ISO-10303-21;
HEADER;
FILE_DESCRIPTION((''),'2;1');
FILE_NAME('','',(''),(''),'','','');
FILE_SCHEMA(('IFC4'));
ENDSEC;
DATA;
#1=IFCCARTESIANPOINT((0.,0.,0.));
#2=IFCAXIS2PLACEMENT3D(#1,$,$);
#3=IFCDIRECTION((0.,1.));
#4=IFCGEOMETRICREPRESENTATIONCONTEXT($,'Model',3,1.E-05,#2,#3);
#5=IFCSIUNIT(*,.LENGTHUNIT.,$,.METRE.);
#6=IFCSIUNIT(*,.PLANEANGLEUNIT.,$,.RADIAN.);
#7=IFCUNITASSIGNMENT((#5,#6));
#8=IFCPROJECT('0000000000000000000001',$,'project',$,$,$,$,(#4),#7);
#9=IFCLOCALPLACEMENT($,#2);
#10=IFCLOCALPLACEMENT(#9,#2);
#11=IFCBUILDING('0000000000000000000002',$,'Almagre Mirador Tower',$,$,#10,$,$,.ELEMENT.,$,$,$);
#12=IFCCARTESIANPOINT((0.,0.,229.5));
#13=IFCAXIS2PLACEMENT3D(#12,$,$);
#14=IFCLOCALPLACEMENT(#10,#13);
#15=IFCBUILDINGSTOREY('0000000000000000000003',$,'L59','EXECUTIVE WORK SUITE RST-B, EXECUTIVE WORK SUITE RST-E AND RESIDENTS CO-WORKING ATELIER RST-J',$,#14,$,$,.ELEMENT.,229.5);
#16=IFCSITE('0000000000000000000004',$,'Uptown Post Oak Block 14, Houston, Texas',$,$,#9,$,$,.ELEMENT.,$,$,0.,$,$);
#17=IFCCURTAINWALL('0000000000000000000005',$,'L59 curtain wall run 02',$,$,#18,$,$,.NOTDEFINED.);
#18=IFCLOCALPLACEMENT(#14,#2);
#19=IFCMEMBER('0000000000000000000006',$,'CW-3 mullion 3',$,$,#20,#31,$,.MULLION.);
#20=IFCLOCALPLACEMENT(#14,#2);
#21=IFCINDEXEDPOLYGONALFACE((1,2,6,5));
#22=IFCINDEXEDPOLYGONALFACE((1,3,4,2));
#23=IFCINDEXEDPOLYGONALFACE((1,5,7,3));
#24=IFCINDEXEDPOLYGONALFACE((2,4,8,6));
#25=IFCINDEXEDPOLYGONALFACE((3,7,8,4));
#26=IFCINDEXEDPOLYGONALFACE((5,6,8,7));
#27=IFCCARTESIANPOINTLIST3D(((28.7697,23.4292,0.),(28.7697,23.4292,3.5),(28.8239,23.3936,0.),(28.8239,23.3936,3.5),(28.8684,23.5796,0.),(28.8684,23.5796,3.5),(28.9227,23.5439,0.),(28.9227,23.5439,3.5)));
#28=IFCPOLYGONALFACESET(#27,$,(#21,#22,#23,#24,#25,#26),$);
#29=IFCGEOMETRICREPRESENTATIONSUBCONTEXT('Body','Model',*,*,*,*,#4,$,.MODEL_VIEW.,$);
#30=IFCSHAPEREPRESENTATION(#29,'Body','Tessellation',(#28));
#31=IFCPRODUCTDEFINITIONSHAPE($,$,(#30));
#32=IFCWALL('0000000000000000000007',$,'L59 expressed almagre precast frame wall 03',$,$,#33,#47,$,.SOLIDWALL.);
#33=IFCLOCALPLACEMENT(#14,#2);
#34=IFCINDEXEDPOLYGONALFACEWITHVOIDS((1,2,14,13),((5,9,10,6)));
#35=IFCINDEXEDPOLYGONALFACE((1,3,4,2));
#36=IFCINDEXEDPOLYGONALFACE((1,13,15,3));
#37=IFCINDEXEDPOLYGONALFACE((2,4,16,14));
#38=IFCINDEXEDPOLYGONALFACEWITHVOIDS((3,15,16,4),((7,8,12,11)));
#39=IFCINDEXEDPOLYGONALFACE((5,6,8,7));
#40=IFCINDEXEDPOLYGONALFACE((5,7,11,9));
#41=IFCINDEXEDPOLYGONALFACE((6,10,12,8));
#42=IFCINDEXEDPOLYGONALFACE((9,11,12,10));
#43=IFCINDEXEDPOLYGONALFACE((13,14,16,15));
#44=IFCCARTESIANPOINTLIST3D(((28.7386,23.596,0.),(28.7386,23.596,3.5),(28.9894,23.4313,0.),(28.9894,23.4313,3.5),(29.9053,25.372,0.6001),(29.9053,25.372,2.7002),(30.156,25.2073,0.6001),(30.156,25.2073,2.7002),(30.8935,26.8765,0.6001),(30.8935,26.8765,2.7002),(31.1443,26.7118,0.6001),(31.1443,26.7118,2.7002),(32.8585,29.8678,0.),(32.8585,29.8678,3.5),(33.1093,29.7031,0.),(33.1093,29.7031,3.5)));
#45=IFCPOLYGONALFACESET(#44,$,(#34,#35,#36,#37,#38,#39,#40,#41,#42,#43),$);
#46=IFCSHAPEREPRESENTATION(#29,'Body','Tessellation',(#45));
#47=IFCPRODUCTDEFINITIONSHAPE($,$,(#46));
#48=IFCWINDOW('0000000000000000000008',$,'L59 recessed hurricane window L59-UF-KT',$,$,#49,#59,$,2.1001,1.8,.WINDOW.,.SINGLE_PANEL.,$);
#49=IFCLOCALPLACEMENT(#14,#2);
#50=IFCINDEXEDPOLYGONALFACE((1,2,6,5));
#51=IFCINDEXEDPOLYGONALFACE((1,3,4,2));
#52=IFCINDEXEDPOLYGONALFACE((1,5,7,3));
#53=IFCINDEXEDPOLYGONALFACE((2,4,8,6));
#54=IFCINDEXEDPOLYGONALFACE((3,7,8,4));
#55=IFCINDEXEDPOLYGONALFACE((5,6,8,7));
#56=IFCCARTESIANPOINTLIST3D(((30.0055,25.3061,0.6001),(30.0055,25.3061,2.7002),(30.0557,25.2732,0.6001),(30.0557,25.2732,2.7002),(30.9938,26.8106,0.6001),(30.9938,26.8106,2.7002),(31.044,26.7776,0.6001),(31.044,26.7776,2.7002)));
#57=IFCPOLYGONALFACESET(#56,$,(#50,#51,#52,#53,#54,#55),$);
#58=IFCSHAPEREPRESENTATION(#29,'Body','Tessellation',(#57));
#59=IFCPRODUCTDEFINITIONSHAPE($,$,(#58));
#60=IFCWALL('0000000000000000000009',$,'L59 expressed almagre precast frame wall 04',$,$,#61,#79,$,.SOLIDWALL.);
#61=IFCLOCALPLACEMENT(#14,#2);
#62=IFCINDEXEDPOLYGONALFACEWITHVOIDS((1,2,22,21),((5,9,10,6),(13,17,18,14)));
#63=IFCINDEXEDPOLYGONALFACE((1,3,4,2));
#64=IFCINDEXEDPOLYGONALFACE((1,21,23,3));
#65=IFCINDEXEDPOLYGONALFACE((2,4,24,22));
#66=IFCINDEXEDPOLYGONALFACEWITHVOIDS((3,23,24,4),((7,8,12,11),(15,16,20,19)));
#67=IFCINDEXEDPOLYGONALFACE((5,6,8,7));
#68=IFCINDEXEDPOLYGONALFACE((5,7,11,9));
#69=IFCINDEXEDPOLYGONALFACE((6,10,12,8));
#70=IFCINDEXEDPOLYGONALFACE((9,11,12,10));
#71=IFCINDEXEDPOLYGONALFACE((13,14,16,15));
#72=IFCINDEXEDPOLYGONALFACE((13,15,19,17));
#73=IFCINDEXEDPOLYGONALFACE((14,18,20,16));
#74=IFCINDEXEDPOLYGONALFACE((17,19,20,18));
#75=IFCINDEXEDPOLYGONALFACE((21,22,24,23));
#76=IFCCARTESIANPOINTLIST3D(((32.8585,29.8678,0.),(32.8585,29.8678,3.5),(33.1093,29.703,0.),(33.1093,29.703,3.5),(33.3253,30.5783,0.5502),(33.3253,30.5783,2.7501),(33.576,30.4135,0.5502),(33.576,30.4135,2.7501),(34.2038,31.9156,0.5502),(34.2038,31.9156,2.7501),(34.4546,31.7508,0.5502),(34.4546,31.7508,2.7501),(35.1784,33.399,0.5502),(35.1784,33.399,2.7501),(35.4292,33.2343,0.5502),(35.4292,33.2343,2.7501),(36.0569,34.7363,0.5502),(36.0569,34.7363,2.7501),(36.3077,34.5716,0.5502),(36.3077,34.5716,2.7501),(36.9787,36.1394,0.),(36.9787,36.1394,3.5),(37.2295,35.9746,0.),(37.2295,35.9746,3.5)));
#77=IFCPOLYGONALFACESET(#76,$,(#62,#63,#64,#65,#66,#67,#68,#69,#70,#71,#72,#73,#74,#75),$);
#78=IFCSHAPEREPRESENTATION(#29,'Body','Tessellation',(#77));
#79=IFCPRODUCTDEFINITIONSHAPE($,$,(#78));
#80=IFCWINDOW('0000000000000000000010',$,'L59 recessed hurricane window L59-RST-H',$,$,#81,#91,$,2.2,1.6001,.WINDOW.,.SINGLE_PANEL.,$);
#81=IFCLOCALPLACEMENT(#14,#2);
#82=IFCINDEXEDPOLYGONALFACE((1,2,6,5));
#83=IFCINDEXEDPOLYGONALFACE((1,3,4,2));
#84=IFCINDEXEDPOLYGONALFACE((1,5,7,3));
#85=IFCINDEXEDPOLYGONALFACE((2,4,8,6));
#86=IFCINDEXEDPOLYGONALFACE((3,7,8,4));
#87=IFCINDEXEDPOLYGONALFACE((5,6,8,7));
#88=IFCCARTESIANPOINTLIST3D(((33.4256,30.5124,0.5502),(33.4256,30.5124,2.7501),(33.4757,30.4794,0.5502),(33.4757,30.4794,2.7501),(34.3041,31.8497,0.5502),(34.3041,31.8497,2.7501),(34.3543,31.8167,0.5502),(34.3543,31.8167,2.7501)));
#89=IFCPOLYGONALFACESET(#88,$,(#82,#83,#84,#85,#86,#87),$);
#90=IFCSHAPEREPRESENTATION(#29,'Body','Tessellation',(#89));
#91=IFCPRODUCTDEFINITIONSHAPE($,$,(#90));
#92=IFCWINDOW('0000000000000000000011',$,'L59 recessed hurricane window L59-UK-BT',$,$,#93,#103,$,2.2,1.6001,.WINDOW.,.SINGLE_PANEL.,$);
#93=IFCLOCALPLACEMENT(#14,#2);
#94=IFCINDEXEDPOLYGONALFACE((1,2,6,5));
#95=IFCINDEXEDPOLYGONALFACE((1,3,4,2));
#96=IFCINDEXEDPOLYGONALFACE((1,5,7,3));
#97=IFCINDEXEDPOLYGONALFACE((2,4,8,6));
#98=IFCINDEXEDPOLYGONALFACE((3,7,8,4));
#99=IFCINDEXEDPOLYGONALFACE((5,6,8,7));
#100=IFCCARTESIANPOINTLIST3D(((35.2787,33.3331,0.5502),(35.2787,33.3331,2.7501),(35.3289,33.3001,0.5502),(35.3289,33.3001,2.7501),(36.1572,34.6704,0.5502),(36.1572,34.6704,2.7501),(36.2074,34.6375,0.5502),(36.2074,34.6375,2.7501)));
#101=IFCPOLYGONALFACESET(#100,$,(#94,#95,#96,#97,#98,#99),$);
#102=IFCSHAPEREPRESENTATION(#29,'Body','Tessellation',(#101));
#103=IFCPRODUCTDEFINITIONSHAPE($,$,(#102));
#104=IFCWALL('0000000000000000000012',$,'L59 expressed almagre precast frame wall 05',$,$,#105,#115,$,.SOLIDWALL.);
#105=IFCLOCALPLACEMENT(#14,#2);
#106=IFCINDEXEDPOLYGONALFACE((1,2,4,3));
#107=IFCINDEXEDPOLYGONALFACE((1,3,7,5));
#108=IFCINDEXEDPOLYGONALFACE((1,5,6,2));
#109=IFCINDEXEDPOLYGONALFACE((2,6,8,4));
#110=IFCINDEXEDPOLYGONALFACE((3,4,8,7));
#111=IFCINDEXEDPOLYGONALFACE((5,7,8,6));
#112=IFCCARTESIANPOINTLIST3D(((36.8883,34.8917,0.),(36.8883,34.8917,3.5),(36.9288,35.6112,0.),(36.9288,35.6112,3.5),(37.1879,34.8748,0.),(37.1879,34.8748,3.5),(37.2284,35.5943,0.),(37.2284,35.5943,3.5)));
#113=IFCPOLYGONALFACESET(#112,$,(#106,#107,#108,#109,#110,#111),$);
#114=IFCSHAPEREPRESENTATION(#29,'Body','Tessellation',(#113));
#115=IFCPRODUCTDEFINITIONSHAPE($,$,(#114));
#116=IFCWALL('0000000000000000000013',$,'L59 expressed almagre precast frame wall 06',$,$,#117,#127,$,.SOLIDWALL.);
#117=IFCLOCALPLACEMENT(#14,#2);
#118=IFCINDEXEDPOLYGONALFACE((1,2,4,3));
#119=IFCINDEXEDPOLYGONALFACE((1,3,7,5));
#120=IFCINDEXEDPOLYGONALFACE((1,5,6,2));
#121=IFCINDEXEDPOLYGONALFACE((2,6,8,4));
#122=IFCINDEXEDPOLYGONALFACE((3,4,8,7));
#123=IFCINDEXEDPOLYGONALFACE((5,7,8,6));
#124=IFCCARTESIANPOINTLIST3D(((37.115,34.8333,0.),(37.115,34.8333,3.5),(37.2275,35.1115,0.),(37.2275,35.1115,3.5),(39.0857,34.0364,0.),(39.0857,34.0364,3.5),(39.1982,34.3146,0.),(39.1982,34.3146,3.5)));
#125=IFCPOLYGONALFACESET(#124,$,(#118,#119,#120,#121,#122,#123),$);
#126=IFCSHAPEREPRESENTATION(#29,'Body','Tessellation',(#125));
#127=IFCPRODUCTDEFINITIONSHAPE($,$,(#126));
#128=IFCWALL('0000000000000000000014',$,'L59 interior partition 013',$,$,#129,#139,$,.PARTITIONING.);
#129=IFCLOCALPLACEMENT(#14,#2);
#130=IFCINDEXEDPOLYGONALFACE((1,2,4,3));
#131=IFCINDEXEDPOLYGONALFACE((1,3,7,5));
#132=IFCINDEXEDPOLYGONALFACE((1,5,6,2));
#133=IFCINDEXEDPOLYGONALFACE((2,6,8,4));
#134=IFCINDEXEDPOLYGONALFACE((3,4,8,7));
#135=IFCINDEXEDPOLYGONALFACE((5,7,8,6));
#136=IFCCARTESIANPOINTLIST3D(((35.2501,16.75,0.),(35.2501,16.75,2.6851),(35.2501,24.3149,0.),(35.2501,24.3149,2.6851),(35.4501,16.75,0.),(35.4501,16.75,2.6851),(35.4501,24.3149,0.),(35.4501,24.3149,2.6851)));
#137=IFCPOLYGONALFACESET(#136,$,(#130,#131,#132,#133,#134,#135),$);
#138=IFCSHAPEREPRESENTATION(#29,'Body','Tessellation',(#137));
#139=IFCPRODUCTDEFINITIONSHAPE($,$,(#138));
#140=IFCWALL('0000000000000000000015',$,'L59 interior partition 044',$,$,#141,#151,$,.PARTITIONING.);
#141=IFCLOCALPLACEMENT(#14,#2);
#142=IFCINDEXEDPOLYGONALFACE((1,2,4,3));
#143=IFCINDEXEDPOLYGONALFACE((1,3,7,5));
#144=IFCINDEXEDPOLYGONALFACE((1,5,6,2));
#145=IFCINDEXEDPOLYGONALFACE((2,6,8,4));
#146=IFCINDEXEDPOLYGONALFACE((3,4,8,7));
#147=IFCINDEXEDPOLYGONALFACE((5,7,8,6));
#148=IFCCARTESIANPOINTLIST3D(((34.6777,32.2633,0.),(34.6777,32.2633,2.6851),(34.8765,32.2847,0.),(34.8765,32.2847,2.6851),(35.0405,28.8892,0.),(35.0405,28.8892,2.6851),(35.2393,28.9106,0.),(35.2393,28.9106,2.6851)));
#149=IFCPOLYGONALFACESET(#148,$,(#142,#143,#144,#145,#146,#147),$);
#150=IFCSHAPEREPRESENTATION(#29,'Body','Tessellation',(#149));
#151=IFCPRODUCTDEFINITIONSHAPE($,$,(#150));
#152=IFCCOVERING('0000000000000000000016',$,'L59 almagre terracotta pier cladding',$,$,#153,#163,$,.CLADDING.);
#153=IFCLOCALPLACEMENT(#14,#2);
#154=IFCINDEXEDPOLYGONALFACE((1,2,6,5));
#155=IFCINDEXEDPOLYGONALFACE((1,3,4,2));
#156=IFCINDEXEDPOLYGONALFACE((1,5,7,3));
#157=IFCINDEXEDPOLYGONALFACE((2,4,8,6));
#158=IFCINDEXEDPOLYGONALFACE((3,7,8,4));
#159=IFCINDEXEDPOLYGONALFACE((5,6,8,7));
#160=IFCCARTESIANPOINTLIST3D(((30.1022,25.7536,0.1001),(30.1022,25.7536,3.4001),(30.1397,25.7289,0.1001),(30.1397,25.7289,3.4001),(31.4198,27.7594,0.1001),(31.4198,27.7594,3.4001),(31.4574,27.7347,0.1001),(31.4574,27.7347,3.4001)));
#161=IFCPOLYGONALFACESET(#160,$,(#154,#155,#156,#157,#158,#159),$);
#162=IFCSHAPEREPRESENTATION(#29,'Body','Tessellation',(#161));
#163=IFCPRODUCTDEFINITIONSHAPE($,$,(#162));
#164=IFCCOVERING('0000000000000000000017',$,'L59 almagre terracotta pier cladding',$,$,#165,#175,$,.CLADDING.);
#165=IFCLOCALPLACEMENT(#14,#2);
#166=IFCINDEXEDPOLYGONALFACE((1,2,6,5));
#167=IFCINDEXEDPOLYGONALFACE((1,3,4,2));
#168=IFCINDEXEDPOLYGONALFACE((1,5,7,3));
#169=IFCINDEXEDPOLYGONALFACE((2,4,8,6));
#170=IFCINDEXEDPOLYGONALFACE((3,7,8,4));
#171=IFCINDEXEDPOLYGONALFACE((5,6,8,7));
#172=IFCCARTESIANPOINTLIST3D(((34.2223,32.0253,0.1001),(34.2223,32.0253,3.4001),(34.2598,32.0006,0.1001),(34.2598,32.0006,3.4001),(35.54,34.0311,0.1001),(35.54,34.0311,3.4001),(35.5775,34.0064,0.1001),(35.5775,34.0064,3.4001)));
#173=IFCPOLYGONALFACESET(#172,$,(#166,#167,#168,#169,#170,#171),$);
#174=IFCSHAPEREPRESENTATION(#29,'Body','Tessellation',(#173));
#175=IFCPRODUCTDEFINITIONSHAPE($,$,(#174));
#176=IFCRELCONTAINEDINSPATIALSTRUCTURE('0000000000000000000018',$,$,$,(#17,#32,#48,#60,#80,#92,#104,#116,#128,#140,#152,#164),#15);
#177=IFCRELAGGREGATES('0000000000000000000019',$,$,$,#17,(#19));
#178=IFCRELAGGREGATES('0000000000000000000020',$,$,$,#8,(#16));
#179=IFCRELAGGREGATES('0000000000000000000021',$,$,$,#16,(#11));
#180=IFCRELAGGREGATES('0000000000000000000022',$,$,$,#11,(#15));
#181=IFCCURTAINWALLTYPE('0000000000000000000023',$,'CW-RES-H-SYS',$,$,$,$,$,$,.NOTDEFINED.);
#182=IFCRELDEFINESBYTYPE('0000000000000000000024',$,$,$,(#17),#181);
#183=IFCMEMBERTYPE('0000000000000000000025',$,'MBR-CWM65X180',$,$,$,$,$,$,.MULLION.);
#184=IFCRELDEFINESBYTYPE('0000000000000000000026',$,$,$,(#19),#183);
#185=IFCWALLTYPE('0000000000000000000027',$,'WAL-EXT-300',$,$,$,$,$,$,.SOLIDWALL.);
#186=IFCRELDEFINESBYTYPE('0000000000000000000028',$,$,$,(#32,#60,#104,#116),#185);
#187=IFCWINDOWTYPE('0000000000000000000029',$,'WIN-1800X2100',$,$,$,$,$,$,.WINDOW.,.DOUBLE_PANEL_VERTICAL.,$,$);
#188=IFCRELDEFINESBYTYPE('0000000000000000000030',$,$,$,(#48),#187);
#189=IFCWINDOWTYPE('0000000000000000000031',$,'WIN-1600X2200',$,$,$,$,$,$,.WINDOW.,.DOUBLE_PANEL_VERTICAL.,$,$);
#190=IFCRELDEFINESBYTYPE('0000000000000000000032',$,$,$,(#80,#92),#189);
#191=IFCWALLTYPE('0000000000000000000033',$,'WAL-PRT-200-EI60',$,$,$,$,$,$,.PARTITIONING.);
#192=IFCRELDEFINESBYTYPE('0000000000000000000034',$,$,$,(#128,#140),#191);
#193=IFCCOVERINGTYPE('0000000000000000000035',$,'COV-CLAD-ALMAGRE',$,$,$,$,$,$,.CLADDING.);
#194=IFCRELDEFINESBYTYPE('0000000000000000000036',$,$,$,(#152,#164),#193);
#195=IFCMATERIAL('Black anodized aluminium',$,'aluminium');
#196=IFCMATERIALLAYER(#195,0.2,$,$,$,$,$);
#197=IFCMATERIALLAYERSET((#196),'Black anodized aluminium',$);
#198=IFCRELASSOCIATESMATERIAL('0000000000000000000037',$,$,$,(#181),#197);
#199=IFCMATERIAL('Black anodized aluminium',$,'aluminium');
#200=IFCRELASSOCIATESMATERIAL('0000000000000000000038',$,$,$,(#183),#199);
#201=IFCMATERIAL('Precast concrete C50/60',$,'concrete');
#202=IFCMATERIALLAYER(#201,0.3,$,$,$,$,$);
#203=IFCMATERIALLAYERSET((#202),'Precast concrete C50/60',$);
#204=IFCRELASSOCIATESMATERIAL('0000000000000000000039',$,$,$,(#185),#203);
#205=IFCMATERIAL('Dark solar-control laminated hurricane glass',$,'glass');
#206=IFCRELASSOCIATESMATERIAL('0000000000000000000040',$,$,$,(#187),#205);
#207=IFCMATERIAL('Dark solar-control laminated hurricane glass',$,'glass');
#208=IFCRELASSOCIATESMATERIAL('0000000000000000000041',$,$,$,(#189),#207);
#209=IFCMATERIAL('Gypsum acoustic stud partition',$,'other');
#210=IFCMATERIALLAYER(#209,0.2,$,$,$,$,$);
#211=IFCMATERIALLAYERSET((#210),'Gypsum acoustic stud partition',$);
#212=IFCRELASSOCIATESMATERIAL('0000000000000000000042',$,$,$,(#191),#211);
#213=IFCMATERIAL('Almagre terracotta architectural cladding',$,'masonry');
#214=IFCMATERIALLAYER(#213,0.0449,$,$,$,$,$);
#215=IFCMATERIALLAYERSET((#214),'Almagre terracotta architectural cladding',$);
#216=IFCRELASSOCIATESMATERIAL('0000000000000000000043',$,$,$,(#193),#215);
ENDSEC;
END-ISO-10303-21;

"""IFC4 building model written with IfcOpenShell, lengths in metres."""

from ifc_helpers import new_model, si_unit, direction, frame, frame_2d, origin, origin_2d, place, context, subcontext, project, spatial, rectangle, extrude, material, layer, layer_set, material_profile, profile_set, type_object, element, fill, aggregate, save


model = new_model("IFC4")

# Units and contexts
model_context = context("Model", 3, precision=1e-05, world=origin(), true_north=direction((0.0, 1.0)))
body_context = subcontext(model_context, "Body", "Model", "MODEL_VIEW")
ifc_project = project(units=[si_unit("LENGTHUNIT", "METRE"), si_unit("PLANEANGLEUNIT", "RADIAN")], contexts=[model_context])

# Site, building, storey
site_placement = place(None, origin())
site = spatial("IfcSite", under=ifc_project, at=site_placement, Name="Uptown Post Oak Block 14, Houston, Texas", CompositionType="ELEMENT", RefElevation=0.0)
building_placement = place(site_placement, origin())
building = spatial("IfcBuilding", under=site, at=building_placement, Name="Almagre Mirador Tower", CompositionType="ELEMENT")
storey_placement = place(building_placement, frame((0.0, 0.0, 229.5)))
storey = spatial("IfcBuildingStorey", under=building, at=storey_placement, Name="L59", Description="EXECUTIVE WORK SUITE RST-B, EXECUTIVE WORK SUITE RST-E AND RESIDENTS CO-WORKING ATELIER RST-J", CompositionType="ELEMENT", Elevation=229.5)

# Curtain wall, member
ifc_material_1 = material(Name="Black anodized aluminium", Category="aluminium")
ifc_layer_1 = layer(ifc_material_1, 0.2)
ifc_layer_set_1 = layer_set([ifc_layer_1], Name="Black anodized aluminium")
curtain_wall_type = type_object("IfcCurtainWallType", Name="CW-RES-H-SYS", PredefinedType="NOTDEFINED", material=ifc_layer_set_1)
curtain_wall_placement = place(storey_placement, origin())
curtain_wall = element("IfcCurtainWall", 1, at=curtain_wall_placement, inside=storey, type_object=curtain_wall_type, Name="L59 curtain wall run 02", PredefinedType="NOTDEFINED")
ifc_material_2 = material(Name="Black anodized aluminium", Category="aluminium")
ifc_material_profile_1 = material_profile(ifc_material_2, rectangle(XDim=0.0649, YDim=0.1799, at=origin_2d()), Name="CWM65X180")
ifc_profile_set_1 = profile_set([ifc_material_profile_1], Name="Black anodized aluminium")
member_type = type_object("IfcMemberType", Name="MBR-CWM65X180", PredefinedType="MULLION", material=ifc_profile_set_1)
member_placement = place(storey_placement, frame((28.8462, 23.4866, 0.0), z_axis=(0.0, 0.0, 1.0), x_axis=(-0.835791, 0.549047, 0.0)))
member = element("IfcMember", 2, at=member_placement, type_object=member_type, Name="CW-3 mullion 3", PredefinedType="MULLION", context=body_context, shape_type="SweptSolid", body=[
    extrude(rectangle(XDim=0.0649, YDim=0.1799, at=origin_2d()), origin(), (0.0, 0.0, 1.0), 3.5),
])
aggregate(curtain_wall, [member])

# Wall, opening, window
ifc_material_3 = material(Name="Precast concrete C50/60", Category="concrete")
ifc_layer_2 = layer(ifc_material_3, 0.3)
ifc_layer_set_2 = layer_set([ifc_layer_2], Name="Precast concrete C50/60")
wall_type_1 = type_object("IfcWallType", Name="WAL-EXT-300", PredefinedType="SOLIDWALL", material=ifc_layer_set_2)
wall_1_placement = place(storey_placement, frame((28.864, 23.5137, 0.0), z_axis=(0.0, 0.0, 1.0), x_axis=(0.549034, 0.8358, 0.0)))
wall_1 = element("IfcWall", 3, at=wall_1_placement, inside=storey, type_object=wall_type_1, Name="L59 expressed almagre precast frame wall 03", PredefinedType="SOLIDWALL", context=body_context, shape_type="SweptSolid", body=[
    extrude(rectangle(XDim=7.5039, YDim=0.3, at=frame_2d((3.752, 0.0))), origin(), (0.0, 0.0, 1.0), 3.5),
])
opening_1_placement = place(wall_1_placement, frame((2.125, 0.0, 0.6001)))
opening_1 = element("IfcOpeningElement", 4, at=opening_1_placement, cuts=wall_1, PredefinedType="OPENING", context=body_context, shape_type="SweptSolid", body=[
    extrude(rectangle(XDim=1.8, YDim=2.1001, at=frame_2d((0.8999, 1.05))), frame((0.0, 0.1599, 0.0), z_axis=(0.0, -1.0, 0.0), x_axis=(1.0, 0.0, 0.0)), (0.0, 0.0, 1.0), 0.32),
])
ifc_material_4 = material(Name="Dark solar-control laminated hurricane glass", Category="glass")
window_type_1 = type_object("IfcWindowType", Name="WIN-1800X2100", PartitioningType="DOUBLE_PANEL_VERTICAL", PredefinedType="WINDOW", material=ifc_material_4)
window_1_placement = place(opening_1_placement, origin())
window_1 = element("IfcWindow", 5, at=window_1_placement, inside=storey, type_object=window_type_1, Name="L59 recessed hurricane window L59-UF-KT", OverallHeight=2.1001, OverallWidth=1.8, PartitioningType="SINGLE_PANEL", PredefinedType="WINDOW", context=body_context, shape_type="SweptSolid", body=[
    extrude(rectangle(XDim=1.8, YDim=2.1001, at=frame_2d((0.8999, 1.05))), frame((0.0, 0.03, 0.0), z_axis=(0.0, -1.0, 0.0), x_axis=(1.0, 0.0, 0.0)), (0.0, 0.0, 1.0), 0.0601),
])
fill(opening_1, window_1)

# Wall, openings, windows
wall_2_placement = place(storey_placement, frame((32.9839, 29.7854, 0.0), z_axis=(0.0, 0.0, 1.0), x_axis=(0.549071, 0.835775, 0.0)))
wall_2 = element("IfcWall", 6, at=wall_2_placement, inside=storey, type_object=wall_type_1, Name="L59 expressed almagre precast frame wall 04", PredefinedType="SOLIDWALL", context=body_context, shape_type="SweptSolid", body=[
    extrude(rectangle(XDim=7.5039, YDim=0.3, at=frame_2d((3.752, 0.0))), origin(), (0.0, 0.0, 1.0), 3.5),
])
opening_2_placement = place(wall_2_placement, frame((0.8501, 0.0, 0.55)))
opening_2 = element("IfcOpeningElement", 7, at=opening_2_placement, cuts=wall_2, PredefinedType="OPENING", context=body_context, shape_type="SweptSolid", body=[
    extrude(rectangle(XDim=1.6001, YDim=2.2, at=frame_2d((0.8, 1.1001))), frame((0.0, 0.1599, 0.0), z_axis=(0.0, -1.0, 0.0), x_axis=(1.0, 0.0, 0.0)), (0.0, 0.0, 1.0), 0.32),
])
opening_3_placement = place(wall_2_placement, frame((4.2251, 0.0, 0.55)))
opening_3 = element("IfcOpeningElement", 8, at=opening_3_placement, cuts=wall_2, PredefinedType="OPENING", context=body_context, shape_type="SweptSolid", body=[
    extrude(rectangle(XDim=1.6001, YDim=2.2, at=frame_2d((0.8, 1.1001))), frame((0.0, 0.1599, 0.0), z_axis=(0.0, -1.0, 0.0), x_axis=(1.0, 0.0, 0.0)), (0.0, 0.0, 1.0), 0.32),
])
ifc_material_5 = material(Name="Dark solar-control laminated hurricane glass", Category="glass")
window_type_2 = type_object("IfcWindowType", Name="WIN-1600X2200", PartitioningType="DOUBLE_PANEL_VERTICAL", PredefinedType="WINDOW", material=ifc_material_5)
window_2_placement = place(opening_2_placement, origin())
window_2 = element("IfcWindow", 9, at=window_2_placement, inside=storey, type_object=window_type_2, Name="L59 recessed hurricane window L59-RST-H", OverallHeight=2.2, OverallWidth=1.6001, PartitioningType="SINGLE_PANEL", PredefinedType="WINDOW", context=body_context, shape_type="SweptSolid", body=[
    extrude(rectangle(XDim=1.6001, YDim=2.2, at=frame_2d((0.8, 1.1001))), frame((0.0, 0.03, 0.0), z_axis=(0.0, -1.0, 0.0), x_axis=(1.0, 0.0, 0.0)), (0.0, 0.0, 1.0), 0.0601),
])
fill(opening_2, window_2)
window_3_placement = place(opening_3_placement, origin())
window_3 = element("IfcWindow", 10, at=window_3_placement, inside=storey, type_object=window_type_2, Name="L59 recessed hurricane window L59-UK-BT", OverallHeight=2.2, OverallWidth=1.6001, PartitioningType="SINGLE_PANEL", PredefinedType="WINDOW", context=body_context, shape_type="SweptSolid", body=[
    extrude(rectangle(XDim=1.6001, YDim=2.2, at=frame_2d((0.8, 1.1001))), frame((0.0, 0.03, 0.0), z_axis=(0.0, -1.0, 0.0), x_axis=(1.0, 0.0, 0.0)), (0.0, 0.0, 1.0), 0.0601),
])
fill(opening_3, window_3)

# Walls
wall_3_placement = place(storey_placement, frame((37.0786, 35.6028, 0.0), z_axis=(0.0, 0.0, 1.0), x_axis=(-0.056239, -0.998417, 0.0)))
element("IfcWall", 11, at=wall_3_placement, inside=storey, type_object=wall_type_1, Name="L59 expressed almagre precast frame wall 05", PredefinedType="SOLIDWALL", context=body_context, shape_type="SweptSolid", body=[
    extrude(rectangle(XDim=0.7207, YDim=0.3, at=frame_2d((0.3604, 0.0))), origin(), (0.0, 0.0, 1.0), 3.5),
])
wall_4_placement = place(storey_placement, frame((37.1711, 34.9724, 0.0), z_axis=(0.0, 0.0, 1.0), x_axis=(0.927076, -0.374873, 0.0)))
element("IfcWall", 12, at=wall_4_placement, inside=storey, type_object=wall_type_1, Name="L59 expressed almagre precast frame wall 06", PredefinedType="SOLIDWALL", context=body_context, shape_type="SweptSolid", body=[
    extrude(rectangle(XDim=2.1257, YDim=0.3, at=frame_2d((1.063, 0.0))), origin(), (0.0, 0.0, 1.0), 3.5),
])
ifc_material_6 = material(Name="Gypsum acoustic stud partition", Category="other")
ifc_layer_3 = layer(ifc_material_6, 0.2)
ifc_layer_set_3 = layer_set([ifc_layer_3], Name="Gypsum acoustic stud partition")
wall_type_2 = type_object("IfcWallType", Name="WAL-PRT-200-EI60", PredefinedType="PARTITIONING", material=ifc_layer_set_3)
wall_5_placement = place(storey_placement, frame((35.3501, 24.3149, 0.0), z_axis=(0.0, 0.0, 1.0), x_axis=(0.0, -1.0, 0.0)))
element("IfcWall", 13, at=wall_5_placement, inside=storey, type_object=wall_type_2, Name="L59 interior partition 013", PredefinedType="PARTITIONING", context=body_context, shape_type="SweptSolid", body=[
    extrude(rectangle(XDim=7.5649, YDim=0.2, at=frame_2d((3.7825, 0.0))), origin(), (0.0, 0.0, 1.0), 2.6851),
])
wall_6_placement = place(storey_placement, frame((35.1399, 28.8999, 0.0), z_axis=(0.0, 0.0, 1.0), x_axis=(-0.106909, 0.994269, 0.0)))
element("IfcWall", 14, at=wall_6_placement, inside=storey, type_object=wall_type_2, Name="L59 interior partition 044", PredefinedType="PARTITIONING", context=body_context, shape_type="SweptSolid", body=[
    extrude(rectangle(XDim=3.3936, YDim=0.2, at=frame_2d((1.6968, 0.0))), origin(), (0.0, 0.0, 1.0), 2.6851),
])

# Coverings
ifc_material_7 = material(Name="Almagre terracotta architectural cladding", Category="masonry")
ifc_layer_4 = layer(ifc_material_7, 0.0449)
ifc_layer_set_4 = layer_set([ifc_layer_4], Name="Almagre terracotta architectural cladding")
covering_type = type_object("IfcCoveringType", Name="COV-CLAD-ALMAGRE", PredefinedType="CLADDING", material=ifc_layer_set_4)
for number, where, z_axis, x_axis, name in (
    (15, (30.7798, 26.7441, 0.1001), (0.0, 0.0, 1.0), (0.549052, 0.835788, 0.0), "L59 almagre terracotta pier cladding"),
    (16, (34.8999, 33.0159, 0.1001), (0.0, 0.0, 1.0), (0.549052, 0.835788, 0.0), "L59 almagre terracotta pier cladding"),
):
    element("IfcCovering", number, at=place(storey_placement, frame(where, z_axis=z_axis, x_axis=x_axis)), inside=storey, type_object=covering_type, Name=name, PredefinedType="CLADDING", context=body_context, shape_type="SweptSolid", body=[
        extrude(rectangle(XDim=2.3999, YDim=0.0449, at=origin_2d()), origin(), (0.0, 0.0, 1.0), 3.3),
    ])

save(model, "model.ifc")
